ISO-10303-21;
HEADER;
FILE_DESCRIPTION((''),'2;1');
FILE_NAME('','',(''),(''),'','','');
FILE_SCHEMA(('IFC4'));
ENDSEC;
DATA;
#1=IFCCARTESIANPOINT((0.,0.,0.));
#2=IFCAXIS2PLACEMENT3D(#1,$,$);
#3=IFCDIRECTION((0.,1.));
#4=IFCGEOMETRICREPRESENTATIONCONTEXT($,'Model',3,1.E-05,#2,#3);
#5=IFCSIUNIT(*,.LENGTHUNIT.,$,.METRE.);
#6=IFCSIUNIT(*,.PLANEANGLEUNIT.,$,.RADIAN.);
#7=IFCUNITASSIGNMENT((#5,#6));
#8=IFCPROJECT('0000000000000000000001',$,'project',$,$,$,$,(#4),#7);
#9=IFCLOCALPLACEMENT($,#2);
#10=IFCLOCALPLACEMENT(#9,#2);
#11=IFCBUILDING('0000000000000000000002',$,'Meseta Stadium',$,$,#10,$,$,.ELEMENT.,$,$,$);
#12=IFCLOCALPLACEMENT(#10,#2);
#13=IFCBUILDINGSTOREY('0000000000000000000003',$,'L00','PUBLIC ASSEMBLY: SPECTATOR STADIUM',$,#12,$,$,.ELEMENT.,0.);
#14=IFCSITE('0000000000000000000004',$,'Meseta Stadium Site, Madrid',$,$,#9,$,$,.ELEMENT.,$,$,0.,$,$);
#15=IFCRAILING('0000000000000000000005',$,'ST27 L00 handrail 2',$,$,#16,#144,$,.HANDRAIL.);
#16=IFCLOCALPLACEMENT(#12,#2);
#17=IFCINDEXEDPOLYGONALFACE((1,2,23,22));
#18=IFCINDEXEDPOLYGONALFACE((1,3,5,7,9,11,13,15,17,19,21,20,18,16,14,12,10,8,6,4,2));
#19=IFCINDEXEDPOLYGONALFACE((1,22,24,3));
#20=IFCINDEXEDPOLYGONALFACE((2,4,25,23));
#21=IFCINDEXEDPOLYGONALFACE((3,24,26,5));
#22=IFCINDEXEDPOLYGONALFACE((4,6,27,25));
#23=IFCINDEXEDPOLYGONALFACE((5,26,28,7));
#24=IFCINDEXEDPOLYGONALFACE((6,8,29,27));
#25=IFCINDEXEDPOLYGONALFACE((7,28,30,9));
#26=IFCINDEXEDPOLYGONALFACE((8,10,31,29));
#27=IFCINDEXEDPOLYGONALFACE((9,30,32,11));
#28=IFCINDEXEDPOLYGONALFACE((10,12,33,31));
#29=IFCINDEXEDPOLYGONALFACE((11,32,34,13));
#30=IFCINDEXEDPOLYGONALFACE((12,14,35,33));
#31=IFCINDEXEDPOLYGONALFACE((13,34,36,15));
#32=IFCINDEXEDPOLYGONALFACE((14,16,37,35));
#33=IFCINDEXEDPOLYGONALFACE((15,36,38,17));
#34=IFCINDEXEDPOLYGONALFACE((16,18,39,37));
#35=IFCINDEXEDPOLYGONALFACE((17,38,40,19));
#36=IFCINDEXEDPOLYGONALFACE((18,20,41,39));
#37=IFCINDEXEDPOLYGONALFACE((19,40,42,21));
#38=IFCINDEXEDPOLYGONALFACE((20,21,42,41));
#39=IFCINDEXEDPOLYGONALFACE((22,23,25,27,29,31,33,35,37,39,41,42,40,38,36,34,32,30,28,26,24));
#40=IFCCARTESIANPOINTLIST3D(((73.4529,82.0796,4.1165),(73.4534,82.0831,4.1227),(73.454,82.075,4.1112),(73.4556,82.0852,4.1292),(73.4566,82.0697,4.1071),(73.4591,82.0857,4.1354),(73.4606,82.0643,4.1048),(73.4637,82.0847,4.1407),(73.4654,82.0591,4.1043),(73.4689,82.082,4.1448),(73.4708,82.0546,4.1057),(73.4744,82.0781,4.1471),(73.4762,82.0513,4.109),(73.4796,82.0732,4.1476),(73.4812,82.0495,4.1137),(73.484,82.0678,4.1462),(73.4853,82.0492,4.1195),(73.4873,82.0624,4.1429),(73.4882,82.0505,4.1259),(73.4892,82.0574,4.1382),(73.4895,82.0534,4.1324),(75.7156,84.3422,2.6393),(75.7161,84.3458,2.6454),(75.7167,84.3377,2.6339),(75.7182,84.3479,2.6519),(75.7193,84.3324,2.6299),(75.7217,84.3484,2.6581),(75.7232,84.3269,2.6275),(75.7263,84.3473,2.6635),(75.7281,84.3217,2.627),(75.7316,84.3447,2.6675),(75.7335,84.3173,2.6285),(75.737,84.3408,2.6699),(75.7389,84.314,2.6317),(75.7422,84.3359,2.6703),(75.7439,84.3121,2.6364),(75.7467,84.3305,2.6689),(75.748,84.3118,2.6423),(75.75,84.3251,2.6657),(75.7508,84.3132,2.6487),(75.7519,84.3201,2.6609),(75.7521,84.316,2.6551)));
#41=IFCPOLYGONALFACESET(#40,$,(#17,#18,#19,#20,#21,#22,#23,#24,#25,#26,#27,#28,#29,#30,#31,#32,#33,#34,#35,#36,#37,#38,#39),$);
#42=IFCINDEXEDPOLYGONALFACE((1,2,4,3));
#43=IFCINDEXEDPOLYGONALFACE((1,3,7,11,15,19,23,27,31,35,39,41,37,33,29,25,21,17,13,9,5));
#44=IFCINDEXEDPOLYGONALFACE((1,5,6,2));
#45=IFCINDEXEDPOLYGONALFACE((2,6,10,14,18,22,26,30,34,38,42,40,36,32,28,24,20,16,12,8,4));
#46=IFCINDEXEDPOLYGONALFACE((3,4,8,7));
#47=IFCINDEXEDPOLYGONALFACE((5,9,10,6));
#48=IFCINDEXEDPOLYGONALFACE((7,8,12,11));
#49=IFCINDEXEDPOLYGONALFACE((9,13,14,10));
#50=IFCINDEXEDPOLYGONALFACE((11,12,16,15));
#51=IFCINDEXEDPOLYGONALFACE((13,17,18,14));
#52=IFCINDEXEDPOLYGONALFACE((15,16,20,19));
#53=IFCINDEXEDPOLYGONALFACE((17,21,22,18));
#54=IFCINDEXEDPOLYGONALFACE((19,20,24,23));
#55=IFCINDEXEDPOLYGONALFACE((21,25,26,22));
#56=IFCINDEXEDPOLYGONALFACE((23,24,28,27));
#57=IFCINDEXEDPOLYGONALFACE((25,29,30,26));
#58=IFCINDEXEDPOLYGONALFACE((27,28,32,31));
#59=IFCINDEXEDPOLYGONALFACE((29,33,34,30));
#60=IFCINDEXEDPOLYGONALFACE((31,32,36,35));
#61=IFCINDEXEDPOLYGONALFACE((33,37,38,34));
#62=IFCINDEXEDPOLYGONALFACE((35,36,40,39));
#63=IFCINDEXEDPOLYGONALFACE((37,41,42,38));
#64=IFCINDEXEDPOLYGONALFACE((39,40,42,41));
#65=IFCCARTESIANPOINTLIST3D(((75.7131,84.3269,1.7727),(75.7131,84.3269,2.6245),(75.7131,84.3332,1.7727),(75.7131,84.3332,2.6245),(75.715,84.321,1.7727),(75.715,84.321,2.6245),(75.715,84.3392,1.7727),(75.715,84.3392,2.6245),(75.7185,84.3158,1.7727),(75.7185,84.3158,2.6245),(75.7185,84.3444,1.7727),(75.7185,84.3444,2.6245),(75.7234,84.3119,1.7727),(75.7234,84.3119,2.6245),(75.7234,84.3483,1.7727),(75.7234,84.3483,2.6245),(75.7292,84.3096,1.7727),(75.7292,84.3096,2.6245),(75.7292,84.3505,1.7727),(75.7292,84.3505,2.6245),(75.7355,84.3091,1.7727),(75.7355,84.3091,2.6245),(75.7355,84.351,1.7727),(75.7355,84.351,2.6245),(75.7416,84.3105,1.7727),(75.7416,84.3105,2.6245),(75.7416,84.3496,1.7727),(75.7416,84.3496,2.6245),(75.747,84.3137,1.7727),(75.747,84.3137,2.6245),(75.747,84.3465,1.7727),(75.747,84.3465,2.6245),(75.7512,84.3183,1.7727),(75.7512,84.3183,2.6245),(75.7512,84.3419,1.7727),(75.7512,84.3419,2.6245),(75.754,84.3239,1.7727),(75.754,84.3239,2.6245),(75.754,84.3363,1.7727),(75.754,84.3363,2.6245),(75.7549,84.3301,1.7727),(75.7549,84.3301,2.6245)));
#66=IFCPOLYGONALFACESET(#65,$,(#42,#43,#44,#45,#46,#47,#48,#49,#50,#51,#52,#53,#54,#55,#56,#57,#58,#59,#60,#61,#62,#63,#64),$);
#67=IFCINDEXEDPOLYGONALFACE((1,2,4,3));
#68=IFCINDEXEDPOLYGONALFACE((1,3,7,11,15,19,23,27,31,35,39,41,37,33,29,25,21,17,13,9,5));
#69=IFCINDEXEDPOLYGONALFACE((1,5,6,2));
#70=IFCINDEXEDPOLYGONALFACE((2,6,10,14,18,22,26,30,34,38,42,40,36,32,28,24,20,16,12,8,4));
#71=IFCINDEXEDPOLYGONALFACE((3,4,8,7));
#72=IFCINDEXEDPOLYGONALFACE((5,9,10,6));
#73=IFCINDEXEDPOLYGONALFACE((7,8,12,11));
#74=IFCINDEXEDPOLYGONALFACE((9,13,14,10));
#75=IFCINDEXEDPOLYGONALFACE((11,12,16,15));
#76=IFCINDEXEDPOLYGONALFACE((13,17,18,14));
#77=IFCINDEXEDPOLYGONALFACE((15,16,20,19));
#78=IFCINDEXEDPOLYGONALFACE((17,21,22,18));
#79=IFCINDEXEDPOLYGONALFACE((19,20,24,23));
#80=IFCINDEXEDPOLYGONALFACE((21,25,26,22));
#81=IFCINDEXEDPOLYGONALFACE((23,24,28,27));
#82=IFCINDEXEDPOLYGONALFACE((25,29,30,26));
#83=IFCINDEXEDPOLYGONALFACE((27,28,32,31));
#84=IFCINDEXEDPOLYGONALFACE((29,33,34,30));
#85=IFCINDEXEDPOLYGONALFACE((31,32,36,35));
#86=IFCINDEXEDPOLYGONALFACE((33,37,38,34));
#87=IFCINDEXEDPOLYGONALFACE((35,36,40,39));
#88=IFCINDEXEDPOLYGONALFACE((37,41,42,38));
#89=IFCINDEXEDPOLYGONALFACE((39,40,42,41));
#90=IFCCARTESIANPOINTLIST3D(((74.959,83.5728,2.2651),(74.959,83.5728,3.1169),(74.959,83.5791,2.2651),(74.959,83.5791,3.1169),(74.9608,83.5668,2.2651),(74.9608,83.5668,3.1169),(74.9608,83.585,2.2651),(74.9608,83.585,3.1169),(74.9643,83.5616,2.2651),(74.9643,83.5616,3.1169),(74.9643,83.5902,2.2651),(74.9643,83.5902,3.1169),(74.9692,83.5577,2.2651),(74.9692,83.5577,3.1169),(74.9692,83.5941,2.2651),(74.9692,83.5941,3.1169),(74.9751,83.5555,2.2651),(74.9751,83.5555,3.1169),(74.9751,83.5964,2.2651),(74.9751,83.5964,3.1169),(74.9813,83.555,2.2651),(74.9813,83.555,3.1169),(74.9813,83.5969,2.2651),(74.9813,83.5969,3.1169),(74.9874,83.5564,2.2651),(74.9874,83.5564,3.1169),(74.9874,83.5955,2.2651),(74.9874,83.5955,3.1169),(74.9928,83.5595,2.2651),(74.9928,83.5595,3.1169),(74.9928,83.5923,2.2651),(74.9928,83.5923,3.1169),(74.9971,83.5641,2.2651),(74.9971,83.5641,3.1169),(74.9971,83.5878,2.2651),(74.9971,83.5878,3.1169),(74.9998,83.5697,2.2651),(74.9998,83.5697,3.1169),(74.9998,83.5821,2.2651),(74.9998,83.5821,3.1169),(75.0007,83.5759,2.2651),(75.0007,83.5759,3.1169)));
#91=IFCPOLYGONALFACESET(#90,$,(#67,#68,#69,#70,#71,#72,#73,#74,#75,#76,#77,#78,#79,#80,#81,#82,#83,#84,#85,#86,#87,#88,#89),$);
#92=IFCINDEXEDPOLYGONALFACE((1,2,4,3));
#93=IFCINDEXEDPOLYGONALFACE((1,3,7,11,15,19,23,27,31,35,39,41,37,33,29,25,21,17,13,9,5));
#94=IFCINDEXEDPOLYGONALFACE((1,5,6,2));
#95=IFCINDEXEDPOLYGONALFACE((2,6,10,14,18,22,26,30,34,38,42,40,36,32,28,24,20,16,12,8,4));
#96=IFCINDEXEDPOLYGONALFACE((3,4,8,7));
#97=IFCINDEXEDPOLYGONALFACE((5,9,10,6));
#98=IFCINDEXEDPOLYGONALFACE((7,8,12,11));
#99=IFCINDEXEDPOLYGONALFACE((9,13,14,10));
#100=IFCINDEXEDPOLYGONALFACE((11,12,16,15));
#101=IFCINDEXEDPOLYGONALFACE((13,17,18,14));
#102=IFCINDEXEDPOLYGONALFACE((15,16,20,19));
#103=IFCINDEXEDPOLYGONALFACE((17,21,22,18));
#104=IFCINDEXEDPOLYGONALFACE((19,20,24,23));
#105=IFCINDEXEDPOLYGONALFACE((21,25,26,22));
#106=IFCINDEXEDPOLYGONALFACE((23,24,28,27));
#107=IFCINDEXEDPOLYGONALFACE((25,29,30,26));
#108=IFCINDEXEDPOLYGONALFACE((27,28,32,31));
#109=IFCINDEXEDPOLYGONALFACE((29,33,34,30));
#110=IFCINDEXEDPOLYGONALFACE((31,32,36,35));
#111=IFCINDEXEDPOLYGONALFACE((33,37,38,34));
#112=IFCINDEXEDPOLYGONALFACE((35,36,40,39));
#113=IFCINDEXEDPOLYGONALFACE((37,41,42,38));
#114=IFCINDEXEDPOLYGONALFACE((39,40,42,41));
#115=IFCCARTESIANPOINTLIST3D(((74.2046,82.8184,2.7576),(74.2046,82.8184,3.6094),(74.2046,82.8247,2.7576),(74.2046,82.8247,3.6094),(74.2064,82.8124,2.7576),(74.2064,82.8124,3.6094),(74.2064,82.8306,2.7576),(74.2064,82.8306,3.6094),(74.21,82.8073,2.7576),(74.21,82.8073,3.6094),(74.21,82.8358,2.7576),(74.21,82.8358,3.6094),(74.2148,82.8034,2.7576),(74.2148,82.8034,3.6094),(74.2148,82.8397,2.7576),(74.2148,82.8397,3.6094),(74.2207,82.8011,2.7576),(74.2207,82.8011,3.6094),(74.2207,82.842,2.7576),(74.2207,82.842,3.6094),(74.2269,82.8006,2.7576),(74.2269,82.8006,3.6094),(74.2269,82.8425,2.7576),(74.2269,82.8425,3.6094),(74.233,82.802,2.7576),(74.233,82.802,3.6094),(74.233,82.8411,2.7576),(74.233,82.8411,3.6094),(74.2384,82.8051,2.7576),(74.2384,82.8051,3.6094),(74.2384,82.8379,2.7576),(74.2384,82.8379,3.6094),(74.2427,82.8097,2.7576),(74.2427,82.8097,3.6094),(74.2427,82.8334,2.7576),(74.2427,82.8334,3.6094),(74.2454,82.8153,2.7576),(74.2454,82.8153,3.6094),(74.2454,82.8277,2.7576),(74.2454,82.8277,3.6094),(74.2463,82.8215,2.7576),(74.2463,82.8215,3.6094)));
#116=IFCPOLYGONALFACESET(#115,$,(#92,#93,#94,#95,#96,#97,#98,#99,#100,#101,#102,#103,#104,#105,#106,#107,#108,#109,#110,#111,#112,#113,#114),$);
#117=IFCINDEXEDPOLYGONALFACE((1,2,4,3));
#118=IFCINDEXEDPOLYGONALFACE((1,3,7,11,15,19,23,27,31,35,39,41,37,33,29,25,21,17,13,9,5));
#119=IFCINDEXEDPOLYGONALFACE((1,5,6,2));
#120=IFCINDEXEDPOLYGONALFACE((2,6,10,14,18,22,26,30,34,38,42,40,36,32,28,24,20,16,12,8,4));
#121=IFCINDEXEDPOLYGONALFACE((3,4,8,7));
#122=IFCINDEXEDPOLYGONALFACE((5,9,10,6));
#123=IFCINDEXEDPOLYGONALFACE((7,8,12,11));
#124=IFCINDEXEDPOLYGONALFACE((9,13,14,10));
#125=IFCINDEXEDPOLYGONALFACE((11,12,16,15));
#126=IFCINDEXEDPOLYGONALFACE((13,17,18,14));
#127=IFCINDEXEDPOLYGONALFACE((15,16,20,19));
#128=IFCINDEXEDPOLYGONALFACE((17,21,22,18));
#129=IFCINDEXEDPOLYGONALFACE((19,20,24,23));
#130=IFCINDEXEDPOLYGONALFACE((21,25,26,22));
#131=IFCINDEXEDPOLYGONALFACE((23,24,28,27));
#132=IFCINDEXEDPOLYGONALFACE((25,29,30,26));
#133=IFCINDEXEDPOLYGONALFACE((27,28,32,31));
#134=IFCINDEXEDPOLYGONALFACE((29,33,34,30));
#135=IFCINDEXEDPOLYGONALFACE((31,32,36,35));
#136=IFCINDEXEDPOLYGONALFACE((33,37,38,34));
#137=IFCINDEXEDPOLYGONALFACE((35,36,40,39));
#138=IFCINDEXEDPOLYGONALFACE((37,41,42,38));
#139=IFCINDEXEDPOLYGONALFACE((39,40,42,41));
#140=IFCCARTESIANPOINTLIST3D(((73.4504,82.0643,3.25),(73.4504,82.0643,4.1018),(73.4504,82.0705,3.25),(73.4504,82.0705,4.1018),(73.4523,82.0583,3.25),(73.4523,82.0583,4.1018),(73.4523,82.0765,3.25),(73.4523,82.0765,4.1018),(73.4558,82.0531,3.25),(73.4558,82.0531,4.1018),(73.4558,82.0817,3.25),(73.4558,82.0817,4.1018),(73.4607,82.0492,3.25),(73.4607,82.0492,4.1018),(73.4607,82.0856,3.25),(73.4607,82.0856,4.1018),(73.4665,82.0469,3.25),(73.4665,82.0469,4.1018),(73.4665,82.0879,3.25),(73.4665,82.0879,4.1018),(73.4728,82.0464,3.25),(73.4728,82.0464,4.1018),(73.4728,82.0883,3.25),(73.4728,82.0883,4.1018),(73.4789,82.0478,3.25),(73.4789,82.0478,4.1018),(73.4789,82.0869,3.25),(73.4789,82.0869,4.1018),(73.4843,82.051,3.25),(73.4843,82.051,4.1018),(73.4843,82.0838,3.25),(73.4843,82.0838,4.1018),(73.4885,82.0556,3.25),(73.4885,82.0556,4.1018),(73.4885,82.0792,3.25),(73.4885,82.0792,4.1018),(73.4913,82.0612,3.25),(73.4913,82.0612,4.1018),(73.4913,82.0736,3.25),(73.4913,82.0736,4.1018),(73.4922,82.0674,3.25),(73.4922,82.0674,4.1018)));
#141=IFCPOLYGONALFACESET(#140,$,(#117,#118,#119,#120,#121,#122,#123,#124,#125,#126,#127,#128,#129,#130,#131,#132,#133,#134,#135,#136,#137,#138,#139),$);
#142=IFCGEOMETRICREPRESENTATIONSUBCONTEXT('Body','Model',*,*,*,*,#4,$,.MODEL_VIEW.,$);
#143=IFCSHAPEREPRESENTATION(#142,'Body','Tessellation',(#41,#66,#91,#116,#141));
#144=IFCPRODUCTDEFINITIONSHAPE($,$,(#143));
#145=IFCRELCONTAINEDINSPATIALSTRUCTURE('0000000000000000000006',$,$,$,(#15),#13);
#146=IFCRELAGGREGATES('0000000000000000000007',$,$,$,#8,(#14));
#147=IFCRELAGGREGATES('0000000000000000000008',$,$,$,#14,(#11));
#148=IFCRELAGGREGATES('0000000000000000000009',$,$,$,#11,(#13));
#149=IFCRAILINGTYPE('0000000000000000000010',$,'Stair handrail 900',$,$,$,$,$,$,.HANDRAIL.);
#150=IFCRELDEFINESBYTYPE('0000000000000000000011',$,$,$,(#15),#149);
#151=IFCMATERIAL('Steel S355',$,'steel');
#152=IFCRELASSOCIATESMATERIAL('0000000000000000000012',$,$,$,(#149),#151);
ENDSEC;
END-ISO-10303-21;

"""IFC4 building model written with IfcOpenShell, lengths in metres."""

from ifc_helpers import new_model, si_unit, direction, frame, origin, origin_2d, place, context, subcontext, project, spatial, circle, extrude, material, type_object, element, save


model = new_model("IFC4")

# Units and contexts
model_context = context("Model", 3, precision=1e-05, world=origin(), true_north=direction((0.0, 1.0)))
body_context = subcontext(model_context, "Body", "Model", "MODEL_VIEW")
ifc_project = project(units=[si_unit("LENGTHUNIT", "METRE"), si_unit("PLANEANGLEUNIT", "RADIAN")], contexts=[model_context])

# Site, building, storey
site_placement = place(None, origin())
site = spatial("IfcSite", under=ifc_project, at=site_placement, Name="Meseta Stadium Site, Madrid", CompositionType="ELEMENT", RefElevation=0.0)
building_placement = place(site_placement, origin())
building = spatial("IfcBuilding", under=site, at=building_placement, Name="Meseta Stadium", CompositionType="ELEMENT")
storey_placement = place(building_placement, origin())
storey = spatial("IfcBuildingStorey", under=building, at=storey_placement, Name="L00", Description="PUBLIC ASSEMBLY: SPECTATOR STADIUM", CompositionType="ELEMENT", Elevation=0.0)

# Railing
ifc_material_1 = material(Name="Steel S355", Category="steel")
railing_type_1 = type_object("IfcRailingType", Name="Stair handrail 900", PredefinedType="HANDRAIL", material=ifc_material_1)
for number, where, name in (
    (1, (75.7339, 84.3301, 1.7727), "ST27 L00 handrail 2"),
):
    element("IfcRailing", number, at=place(storey_placement, frame(where)), inside=storey, type_object=railing_type_1, Name=name, PredefinedType="HANDRAIL", context=body_context, shape_type="SweptSolid", body=[
        extrude(circle(Radius=0.0239, at=origin_2d()), frame((0.0, 0.0, 0.876), z_axis=(-0.641994, -0.641994, 0.419152), x_axis=(0.707107, -0.707107, 0.0)), (0.0, 0.0, 1.0), 3.5244),
        extrude(circle(Radius=0.021, at=origin_2d()), origin(), (0.0, 0.0, 1.0), 0.8518),
        extrude(circle(Radius=0.021, at=origin_2d()), frame((-0.7542, -0.7542, 0.4924)), (0.0, 0.0, 1.0), 0.8518),
        extrude(circle(Radius=0.021, at=origin_2d()), frame((-1.5085, -1.5085, 0.9849)), (0.0, 0.0, 1.0), 0.8518),
        extrude(circle(Radius=0.021, at=origin_2d()), frame((-2.2627, -2.2627, 1.4773)), (0.0, 0.0, 1.0), 0.8518),
    ])

save(model, "model.ifc")
